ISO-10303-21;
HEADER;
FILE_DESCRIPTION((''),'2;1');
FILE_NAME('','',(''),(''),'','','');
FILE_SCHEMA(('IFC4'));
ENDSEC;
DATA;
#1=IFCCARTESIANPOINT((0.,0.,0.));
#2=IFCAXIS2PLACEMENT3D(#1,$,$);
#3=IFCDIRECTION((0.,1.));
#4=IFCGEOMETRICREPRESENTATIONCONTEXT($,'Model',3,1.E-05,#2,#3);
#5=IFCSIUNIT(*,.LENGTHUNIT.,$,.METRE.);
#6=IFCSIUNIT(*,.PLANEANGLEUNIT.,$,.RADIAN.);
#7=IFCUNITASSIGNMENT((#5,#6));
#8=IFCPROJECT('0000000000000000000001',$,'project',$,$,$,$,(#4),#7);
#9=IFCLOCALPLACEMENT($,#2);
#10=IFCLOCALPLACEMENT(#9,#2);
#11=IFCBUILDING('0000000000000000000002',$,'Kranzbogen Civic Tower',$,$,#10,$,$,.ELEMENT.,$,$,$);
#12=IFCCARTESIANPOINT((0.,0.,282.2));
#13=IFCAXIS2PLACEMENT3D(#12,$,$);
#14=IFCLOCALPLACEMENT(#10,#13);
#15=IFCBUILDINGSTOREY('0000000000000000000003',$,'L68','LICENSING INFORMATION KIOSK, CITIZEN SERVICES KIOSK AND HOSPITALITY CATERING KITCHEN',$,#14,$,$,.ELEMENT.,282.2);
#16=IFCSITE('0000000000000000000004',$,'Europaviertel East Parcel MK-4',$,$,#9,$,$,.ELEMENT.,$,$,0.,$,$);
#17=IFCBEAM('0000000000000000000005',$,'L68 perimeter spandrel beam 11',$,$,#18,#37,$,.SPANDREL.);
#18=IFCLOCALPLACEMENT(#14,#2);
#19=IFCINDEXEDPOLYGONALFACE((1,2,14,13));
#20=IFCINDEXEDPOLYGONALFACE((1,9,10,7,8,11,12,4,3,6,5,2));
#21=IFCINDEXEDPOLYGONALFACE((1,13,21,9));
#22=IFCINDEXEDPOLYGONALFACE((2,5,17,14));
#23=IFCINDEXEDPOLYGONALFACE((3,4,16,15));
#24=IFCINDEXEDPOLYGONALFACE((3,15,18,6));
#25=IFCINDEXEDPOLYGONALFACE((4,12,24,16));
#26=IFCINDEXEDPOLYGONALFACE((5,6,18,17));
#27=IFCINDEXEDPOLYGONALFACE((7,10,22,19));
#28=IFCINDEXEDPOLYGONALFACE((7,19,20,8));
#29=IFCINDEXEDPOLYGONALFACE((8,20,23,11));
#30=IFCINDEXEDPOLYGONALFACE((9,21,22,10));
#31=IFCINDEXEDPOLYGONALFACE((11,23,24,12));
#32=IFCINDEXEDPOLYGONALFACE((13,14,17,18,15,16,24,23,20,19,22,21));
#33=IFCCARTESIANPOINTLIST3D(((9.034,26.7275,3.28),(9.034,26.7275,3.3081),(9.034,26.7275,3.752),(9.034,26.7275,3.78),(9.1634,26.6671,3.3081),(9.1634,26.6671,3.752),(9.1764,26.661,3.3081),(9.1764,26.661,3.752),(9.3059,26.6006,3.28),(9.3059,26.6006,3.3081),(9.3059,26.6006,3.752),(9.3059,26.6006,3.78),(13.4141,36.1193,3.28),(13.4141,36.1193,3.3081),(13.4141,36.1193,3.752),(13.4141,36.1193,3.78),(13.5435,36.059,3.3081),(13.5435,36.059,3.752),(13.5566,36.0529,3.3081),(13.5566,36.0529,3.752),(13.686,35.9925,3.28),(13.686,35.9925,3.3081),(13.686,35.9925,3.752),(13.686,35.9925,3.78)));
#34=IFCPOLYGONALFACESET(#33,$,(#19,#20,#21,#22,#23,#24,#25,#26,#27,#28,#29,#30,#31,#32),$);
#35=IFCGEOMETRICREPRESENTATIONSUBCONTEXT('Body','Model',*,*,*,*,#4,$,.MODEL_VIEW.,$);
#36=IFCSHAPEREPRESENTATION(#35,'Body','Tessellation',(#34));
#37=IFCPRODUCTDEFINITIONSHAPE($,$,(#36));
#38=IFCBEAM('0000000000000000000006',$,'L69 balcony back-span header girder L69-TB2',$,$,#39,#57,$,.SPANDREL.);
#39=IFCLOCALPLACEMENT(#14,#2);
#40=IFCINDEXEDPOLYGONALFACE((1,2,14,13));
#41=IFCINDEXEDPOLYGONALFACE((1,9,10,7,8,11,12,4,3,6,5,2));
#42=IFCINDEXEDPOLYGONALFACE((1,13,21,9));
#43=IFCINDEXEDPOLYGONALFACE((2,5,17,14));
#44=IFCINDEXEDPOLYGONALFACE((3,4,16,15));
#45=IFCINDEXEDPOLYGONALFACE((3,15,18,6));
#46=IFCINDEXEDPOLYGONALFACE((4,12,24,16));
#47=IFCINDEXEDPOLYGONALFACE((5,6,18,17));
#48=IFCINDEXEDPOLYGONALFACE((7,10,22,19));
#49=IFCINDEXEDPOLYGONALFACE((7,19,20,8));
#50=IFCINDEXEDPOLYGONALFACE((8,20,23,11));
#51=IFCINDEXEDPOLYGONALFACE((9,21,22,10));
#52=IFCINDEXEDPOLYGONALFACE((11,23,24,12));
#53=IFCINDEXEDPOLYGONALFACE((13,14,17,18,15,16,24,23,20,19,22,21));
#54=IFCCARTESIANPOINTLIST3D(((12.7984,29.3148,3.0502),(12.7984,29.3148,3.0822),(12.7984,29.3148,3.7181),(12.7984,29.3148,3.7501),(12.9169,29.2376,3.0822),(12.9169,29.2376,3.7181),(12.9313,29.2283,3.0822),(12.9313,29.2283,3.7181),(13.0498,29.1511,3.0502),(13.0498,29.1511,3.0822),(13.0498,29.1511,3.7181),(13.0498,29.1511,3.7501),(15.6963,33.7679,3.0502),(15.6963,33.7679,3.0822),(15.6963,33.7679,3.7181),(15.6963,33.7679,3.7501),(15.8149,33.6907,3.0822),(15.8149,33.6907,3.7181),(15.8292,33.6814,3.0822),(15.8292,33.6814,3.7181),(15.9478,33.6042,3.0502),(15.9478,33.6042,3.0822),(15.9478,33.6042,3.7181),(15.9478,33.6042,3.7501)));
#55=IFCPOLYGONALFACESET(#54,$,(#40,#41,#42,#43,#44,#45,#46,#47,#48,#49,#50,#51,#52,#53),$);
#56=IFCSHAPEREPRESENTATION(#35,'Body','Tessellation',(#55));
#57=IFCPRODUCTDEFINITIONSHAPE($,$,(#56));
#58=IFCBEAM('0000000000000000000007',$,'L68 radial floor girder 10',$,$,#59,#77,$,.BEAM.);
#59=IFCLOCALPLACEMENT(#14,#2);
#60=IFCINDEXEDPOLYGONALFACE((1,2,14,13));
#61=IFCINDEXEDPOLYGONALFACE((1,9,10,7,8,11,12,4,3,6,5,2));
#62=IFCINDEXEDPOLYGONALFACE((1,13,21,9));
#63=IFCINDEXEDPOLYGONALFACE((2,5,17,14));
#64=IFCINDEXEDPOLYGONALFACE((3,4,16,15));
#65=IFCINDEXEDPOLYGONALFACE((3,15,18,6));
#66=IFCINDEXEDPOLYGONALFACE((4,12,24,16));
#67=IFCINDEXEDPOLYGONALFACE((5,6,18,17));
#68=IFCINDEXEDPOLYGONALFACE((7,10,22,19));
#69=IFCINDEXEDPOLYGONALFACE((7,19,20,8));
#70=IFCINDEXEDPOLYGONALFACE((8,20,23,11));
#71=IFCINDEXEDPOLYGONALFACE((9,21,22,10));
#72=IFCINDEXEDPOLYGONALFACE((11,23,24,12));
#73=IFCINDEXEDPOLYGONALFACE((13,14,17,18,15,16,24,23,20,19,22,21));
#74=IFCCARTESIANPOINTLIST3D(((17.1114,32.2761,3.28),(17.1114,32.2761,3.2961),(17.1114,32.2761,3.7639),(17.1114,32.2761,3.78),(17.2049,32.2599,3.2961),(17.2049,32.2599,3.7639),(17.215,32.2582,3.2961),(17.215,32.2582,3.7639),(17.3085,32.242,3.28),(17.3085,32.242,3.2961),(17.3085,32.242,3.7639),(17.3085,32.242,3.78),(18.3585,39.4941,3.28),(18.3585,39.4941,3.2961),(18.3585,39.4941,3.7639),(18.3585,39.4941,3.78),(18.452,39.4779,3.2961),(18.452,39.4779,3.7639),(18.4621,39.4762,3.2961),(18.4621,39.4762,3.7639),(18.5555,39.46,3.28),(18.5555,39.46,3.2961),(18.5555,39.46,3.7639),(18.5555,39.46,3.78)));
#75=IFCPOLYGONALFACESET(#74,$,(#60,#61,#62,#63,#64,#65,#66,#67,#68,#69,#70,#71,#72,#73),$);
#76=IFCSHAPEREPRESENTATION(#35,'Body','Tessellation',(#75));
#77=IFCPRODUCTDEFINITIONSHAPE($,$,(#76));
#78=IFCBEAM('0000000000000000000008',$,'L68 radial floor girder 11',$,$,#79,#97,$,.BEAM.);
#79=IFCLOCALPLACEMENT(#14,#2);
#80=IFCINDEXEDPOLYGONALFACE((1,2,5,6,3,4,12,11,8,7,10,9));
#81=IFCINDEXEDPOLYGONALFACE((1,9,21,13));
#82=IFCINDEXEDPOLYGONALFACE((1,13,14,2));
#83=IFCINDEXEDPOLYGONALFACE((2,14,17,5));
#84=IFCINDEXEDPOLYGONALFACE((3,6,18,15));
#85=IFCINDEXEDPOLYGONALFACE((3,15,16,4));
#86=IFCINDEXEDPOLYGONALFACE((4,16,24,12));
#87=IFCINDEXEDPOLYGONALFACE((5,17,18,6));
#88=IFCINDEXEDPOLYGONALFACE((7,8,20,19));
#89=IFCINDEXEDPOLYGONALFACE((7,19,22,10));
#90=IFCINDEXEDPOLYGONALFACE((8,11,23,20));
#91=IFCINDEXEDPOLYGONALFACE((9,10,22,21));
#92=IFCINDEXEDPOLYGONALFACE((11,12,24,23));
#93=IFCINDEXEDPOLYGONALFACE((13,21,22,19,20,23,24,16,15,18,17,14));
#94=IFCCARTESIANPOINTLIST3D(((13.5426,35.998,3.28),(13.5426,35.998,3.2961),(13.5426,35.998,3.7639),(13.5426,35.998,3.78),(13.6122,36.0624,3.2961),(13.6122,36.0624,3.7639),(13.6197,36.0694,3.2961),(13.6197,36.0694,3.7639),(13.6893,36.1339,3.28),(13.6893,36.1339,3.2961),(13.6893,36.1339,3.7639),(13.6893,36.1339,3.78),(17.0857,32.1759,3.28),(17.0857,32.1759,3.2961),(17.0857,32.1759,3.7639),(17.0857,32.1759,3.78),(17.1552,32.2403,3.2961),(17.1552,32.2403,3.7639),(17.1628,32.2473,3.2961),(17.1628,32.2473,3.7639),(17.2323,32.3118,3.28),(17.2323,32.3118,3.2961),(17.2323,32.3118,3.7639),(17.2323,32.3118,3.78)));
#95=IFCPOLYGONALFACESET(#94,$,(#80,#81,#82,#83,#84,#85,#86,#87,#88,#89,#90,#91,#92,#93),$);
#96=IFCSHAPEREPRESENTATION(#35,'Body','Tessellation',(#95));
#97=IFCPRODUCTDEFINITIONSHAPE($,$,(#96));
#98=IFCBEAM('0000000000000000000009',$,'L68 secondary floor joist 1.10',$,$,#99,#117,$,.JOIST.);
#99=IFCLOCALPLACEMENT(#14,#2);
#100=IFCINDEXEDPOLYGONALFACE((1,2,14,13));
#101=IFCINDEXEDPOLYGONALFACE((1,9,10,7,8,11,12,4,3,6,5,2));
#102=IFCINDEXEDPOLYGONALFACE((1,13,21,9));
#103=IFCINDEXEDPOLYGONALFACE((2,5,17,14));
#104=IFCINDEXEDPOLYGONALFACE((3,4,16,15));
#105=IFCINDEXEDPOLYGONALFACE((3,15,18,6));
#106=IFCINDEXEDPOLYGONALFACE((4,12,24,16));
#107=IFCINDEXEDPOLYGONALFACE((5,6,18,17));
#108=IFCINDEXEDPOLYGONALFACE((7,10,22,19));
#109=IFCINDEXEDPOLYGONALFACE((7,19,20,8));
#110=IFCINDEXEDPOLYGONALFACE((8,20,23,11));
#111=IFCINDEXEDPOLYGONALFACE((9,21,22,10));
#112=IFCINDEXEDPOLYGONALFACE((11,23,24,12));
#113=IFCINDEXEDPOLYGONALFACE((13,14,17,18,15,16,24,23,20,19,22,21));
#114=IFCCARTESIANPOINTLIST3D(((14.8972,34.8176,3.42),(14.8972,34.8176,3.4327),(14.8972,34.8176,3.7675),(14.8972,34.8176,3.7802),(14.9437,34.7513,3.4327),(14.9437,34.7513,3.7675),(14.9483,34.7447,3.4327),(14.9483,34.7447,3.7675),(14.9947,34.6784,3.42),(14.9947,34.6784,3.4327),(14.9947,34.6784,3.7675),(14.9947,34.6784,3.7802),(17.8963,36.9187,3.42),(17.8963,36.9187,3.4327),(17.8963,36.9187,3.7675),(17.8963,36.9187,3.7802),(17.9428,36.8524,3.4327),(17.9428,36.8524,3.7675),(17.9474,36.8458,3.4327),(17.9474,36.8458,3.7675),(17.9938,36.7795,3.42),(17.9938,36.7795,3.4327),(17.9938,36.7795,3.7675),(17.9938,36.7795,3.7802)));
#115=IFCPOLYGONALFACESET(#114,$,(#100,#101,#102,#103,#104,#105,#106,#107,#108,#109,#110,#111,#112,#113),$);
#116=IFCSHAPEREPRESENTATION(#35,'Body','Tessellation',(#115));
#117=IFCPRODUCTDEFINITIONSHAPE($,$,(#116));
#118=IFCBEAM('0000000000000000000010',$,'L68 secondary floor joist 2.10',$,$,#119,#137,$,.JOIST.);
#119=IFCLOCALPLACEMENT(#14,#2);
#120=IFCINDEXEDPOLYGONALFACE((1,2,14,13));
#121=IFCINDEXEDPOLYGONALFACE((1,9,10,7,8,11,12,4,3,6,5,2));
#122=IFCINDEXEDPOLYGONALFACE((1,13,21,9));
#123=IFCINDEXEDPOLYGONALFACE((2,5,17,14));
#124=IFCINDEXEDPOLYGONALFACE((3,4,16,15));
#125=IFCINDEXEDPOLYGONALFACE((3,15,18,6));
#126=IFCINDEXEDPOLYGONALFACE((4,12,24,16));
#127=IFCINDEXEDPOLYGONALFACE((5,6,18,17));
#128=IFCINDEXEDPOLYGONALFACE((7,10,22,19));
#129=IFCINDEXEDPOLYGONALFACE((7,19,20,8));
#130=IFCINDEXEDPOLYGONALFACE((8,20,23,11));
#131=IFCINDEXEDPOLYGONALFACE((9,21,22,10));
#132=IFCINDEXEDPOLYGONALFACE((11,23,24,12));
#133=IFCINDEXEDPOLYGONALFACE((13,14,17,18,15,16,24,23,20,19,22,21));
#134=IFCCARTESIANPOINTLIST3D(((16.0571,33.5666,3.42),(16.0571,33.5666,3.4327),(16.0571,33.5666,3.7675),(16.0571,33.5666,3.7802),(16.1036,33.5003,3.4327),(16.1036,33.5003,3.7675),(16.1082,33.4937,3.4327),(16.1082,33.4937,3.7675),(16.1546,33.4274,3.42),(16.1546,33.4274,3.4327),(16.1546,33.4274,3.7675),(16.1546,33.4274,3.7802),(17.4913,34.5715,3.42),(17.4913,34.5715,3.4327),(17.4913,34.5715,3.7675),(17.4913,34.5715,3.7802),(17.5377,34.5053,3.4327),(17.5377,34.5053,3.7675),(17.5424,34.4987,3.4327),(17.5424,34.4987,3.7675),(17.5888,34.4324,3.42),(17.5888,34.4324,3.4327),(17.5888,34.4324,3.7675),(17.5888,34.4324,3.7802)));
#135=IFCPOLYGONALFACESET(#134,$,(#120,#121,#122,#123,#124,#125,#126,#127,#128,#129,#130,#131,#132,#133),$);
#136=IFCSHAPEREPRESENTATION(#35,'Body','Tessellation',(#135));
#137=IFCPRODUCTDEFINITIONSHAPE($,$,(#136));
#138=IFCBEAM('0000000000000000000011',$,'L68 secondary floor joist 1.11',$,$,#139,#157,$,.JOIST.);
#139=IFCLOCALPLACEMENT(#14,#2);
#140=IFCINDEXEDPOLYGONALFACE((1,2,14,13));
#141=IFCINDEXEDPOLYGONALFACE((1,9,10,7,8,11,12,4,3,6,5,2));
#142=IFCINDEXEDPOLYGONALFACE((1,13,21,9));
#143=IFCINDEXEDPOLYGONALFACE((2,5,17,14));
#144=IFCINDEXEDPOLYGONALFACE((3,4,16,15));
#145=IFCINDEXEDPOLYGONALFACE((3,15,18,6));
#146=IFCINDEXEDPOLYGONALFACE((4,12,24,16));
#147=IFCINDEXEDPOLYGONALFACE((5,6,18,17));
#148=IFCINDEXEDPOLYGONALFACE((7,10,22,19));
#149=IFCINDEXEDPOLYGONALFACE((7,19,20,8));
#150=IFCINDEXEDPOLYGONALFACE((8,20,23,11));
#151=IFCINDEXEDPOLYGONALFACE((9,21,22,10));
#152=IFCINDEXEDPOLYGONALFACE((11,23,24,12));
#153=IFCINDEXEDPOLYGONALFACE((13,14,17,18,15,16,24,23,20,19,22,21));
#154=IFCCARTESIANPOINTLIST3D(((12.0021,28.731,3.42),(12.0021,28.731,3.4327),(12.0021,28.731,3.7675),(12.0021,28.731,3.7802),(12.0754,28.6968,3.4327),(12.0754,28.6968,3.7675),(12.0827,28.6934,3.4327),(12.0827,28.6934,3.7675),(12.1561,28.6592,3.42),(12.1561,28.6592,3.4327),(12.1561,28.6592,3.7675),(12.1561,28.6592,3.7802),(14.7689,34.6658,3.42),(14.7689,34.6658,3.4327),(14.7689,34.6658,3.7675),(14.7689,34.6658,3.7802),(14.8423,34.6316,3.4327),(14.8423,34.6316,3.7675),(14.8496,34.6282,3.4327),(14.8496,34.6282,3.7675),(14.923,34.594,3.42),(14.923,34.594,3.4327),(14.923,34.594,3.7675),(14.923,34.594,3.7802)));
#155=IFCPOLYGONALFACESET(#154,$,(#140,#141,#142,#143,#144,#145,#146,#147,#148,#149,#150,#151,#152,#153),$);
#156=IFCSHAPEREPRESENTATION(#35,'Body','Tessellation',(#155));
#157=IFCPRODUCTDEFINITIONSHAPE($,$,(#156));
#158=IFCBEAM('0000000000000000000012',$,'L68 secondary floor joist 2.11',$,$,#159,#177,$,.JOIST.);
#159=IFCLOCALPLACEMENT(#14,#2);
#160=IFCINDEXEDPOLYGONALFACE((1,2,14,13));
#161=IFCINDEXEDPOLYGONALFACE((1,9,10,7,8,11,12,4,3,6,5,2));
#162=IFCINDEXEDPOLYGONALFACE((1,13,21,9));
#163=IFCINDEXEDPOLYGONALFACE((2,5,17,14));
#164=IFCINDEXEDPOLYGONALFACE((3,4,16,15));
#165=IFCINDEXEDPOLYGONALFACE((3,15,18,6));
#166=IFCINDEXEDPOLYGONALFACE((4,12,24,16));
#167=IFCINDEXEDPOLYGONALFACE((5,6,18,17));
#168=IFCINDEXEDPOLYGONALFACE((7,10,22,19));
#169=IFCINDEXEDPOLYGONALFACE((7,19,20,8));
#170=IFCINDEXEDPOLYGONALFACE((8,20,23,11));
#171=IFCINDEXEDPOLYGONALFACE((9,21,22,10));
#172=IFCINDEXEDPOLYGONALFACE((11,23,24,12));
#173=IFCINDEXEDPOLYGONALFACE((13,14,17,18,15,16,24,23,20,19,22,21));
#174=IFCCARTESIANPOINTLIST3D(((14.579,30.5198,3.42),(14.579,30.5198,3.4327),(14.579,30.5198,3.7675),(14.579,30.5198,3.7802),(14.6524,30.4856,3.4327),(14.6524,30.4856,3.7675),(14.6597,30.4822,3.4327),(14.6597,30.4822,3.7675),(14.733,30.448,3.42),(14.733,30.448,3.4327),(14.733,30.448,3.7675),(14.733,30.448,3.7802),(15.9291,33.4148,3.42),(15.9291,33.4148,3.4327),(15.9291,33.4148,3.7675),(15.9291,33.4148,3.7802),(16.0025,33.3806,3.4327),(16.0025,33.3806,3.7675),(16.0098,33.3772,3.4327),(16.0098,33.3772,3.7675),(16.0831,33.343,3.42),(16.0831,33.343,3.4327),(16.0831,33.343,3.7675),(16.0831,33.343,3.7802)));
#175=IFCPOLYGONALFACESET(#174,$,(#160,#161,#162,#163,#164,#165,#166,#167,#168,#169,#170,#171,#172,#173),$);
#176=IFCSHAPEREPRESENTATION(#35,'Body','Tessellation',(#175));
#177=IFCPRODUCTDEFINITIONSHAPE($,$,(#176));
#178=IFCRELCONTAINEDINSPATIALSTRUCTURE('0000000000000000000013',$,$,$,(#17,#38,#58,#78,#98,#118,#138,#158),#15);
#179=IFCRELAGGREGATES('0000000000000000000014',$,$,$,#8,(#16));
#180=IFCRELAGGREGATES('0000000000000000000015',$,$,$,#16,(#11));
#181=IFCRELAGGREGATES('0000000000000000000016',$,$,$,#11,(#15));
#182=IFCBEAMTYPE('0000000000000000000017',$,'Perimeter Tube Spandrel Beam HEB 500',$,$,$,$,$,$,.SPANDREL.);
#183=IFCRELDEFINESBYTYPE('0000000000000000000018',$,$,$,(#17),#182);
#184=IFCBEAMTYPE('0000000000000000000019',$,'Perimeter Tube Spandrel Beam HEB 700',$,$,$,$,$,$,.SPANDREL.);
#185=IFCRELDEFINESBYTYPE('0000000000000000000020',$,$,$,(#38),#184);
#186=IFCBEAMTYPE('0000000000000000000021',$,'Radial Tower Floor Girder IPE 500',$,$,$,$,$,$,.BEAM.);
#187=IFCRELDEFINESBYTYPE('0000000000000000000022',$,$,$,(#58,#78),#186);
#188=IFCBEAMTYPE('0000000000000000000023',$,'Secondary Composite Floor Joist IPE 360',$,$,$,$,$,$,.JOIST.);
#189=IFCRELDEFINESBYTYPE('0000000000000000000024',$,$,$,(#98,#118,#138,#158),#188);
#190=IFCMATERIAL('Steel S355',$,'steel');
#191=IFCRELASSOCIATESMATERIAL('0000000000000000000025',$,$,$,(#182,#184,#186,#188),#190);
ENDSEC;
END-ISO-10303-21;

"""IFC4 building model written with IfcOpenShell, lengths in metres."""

from ifc_helpers import new_model, si_unit, direction, frame, origin, origin_2d, place, context, subcontext, project, spatial, i_section, extrude, material, material_profile, profile_set, type_object, element, save


model = new_model("IFC4")

# Units and contexts
model_context = context("Model", 3, precision=1e-05, world=origin(), true_north=direction((0.0, 1.0)))
body_context = subcontext(model_context, "Body", "Model", "MODEL_VIEW")
ifc_project = project(units=[si_unit("LENGTHUNIT", "METRE"), si_unit("PLANEANGLEUNIT", "RADIAN")], contexts=[model_context])

# Site, building, storey
site_placement = place(None, origin())
site = spatial("IfcSite", under=ifc_project, at=site_placement, Name="Europaviertel East Parcel MK-4", CompositionType="ELEMENT", RefElevation=0.0)
building_placement = place(site_placement, origin())
building = spatial("IfcBuilding", under=site, at=building_placement, Name="Kranzbogen Civic Tower", CompositionType="ELEMENT")
storey_placement = place(building_placement, frame((0.0, 0.0, 282.2)))
storey = spatial("IfcBuildingStorey", under=building, at=storey_placement, Name="L68", Description="LICENSING INFORMATION KIOSK, CITIZEN SERVICES KIOSK AND HOSPITALITY CATERING KITCHEN", CompositionType="ELEMENT", Elevation=282.2)

# Shared definitions
ifc_material_1 = material(Name="Steel S355", Category="steel")

# Beams
ifc_material_profile_1 = material_profile(ifc_material_1, i_section(OverallWidth=0.3, OverallDepth=0.5, WebThickness=0.0144, FlangeThickness=0.0281, at=origin_2d()), Name="HEB 500")
ifc_profile_set_1 = profile_set([ifc_material_profile_1], Name="Steel S355")
beam_type_1 = type_object("IfcBeamType", Name="Perimeter Tube Spandrel Beam HEB 500", PredefinedType="SPANDREL", material=ifc_profile_set_1)
beam_1_placement = place(storey_placement, frame((13.55, 36.0559, 3.53), z_axis=(-0.422669, -0.906284, 0.0), x_axis=(0.906284, -0.422669, 0.0)))
element("IfcBeam", 1, at=beam_1_placement, inside=storey, type_object=beam_type_1, Name="L68 perimeter spandrel beam 11", PredefinedType="SPANDREL", context=body_context, shape_type="SweptSolid", body=[
    extrude(i_section(OverallWidth=0.3, OverallDepth=0.5, WebThickness=0.0144, FlangeThickness=0.0281, at=origin_2d()), origin(), (0.0, 0.0, 1.0), 10.363),
])
ifc_material_profile_2 = material_profile(ifc_material_1, i_section(OverallWidth=0.3, OverallDepth=0.7, WebThickness=0.0171, FlangeThickness=0.032, at=origin_2d()), Name="HEB 700")
ifc_profile_set_2 = profile_set([ifc_material_profile_2], Name="Steel S355")
beam_type_2 = type_object("IfcBeamType", Name="Perimeter Tube Spandrel Beam HEB 700", PredefinedType="SPANDREL", material=ifc_profile_set_2)
beam_2_placement = place(storey_placement, frame((15.822, 33.686, 3.4001), z_axis=(-0.545441, -0.83815, 0.0), x_axis=(0.83815, -0.545441, 0.0)))
element("IfcBeam", 2, at=beam_2_placement, inside=storey, type_object=beam_type_2, Name="L69 balcony back-span header girder L69-TB2", PredefinedType="SPANDREL", context=body_context, shape_type="SweptSolid", body=[
    extrude(i_section(OverallWidth=0.3, OverallDepth=0.7, WebThickness=0.0171, FlangeThickness=0.032, at=origin_2d()), origin(), (0.0, 0.0, 1.0), 5.313),
])
ifc_material_profile_3 = material_profile(ifc_material_1, i_section(OverallWidth=0.2, OverallDepth=0.5, WebThickness=0.0103, FlangeThickness=0.0161, at=origin_2d()), Name="IPE 500")
ifc_profile_set_3 = profile_set([ifc_material_profile_3], Name="Steel S355")
beam_type_3 = type_object("IfcBeamType", Name="Radial Tower Floor Girder IPE 500", PredefinedType="BEAM", material=ifc_profile_set_3)
beam_3_placement = place(storey_placement, frame((18.457, 39.4771, 3.53), z_axis=(-0.17025, -0.985401, 0.0), x_axis=(0.985401, -0.17025, 0.0)))
element("IfcBeam", 3, at=beam_3_placement, inside=storey, type_object=beam_type_3, Name="L68 radial floor girder 10", PredefinedType="BEAM", context=body_context, shape_type="SweptSolid", body=[
    extrude(i_section(OverallWidth=0.2, OverallDepth=0.5, WebThickness=0.0103, FlangeThickness=0.0161, at=origin_2d()), origin(), (0.0, 0.0, 1.0), 7.325),
])
beam_4_placement = place(storey_placement, frame((13.616, 36.0659, 3.53), z_axis=(0.679827, -0.733372, 0.0), x_axis=(0.733372, 0.679827, 0.0)))
element("IfcBeam", 4, at=beam_4_placement, inside=storey, type_object=beam_type_3, Name="L68 radial floor girder 11", PredefinedType="BEAM", context=body_context, shape_type="SweptSolid", body=[
    extrude(i_section(OverallWidth=0.2, OverallDepth=0.5, WebThickness=0.0103, FlangeThickness=0.0161, at=origin_2d()), origin(), (0.0, 0.0, 1.0), 5.2117),
])
ifc_material_profile_4 = material_profile(ifc_material_1, i_section(OverallWidth=0.1699, OverallDepth=0.3601, WebThickness=0.0081, FlangeThickness=0.0127, at=origin_2d()), Name="IPE 360")
ifc_profile_set_4 = profile_set([ifc_material_profile_4], Name="Steel S355")
beam_type_4 = type_object("IfcBeamType", Name="Secondary Composite Floor Joist IPE 360", PredefinedType="JOIST", material=ifc_profile_set_4)
beam_5_placement = place(storey_placement, frame((17.9451, 36.8491, 3.6001), z_axis=(-0.819006, -0.573784, 0.0), x_axis=(0.573784, -0.819006, 0.0)))
element("IfcBeam", 5, at=beam_5_placement, inside=storey, type_object=beam_type_4, Name="L68 secondary floor joist 1.10", PredefinedType="JOIST", context=body_context, shape_type="SweptSolid", body=[
    extrude(i_section(OverallWidth=0.1699, OverallDepth=0.3601, WebThickness=0.0081, FlangeThickness=0.0127, at=origin_2d()), origin(), (0.0, 0.0, 1.0), 3.6619),
])
beam_6_placement = place(storey_placement, frame((17.54, 34.502, 3.6001), z_axis=(-0.818957, -0.573855, 0.0), x_axis=(0.573855, -0.818957, 0.0)))
element("IfcBeam", 6, at=beam_6_placement, inside=storey, type_object=beam_type_4, Name="L68 secondary floor joist 2.10", PredefinedType="JOIST", context=body_context, shape_type="SweptSolid", body=[
    extrude(i_section(OverallWidth=0.1699, OverallDepth=0.3601, WebThickness=0.0081, FlangeThickness=0.0127, at=origin_2d()), origin(), (0.0, 0.0, 1.0), 1.7512),
])
beam_7_placement = place(storey_placement, frame((14.8459, 34.6299, 3.6001), z_axis=(-0.422543, -0.906343, 0.0), x_axis=(0.906343, -0.422543, 0.0)))
element("IfcBeam", 7, at=beam_7_placement, inside=storey, type_object=beam_type_4, Name="L68 secondary floor joist 1.11", PredefinedType="JOIST", context=body_context, shape_type="SweptSolid", body=[
    extrude(i_section(OverallWidth=0.1699, OverallDepth=0.3601, WebThickness=0.0081, FlangeThickness=0.0127, at=origin_2d()), origin(), (0.0, 0.0, 1.0), 6.5481),
])
beam_8_placement = place(storey_placement, frame((16.0061, 33.3789, 3.6001), z_axis=(-0.422651, -0.906292, 0.0), x_axis=(0.906292, -0.422651, 0.0)))
element("IfcBeam", 8, at=beam_8_placement, inside=storey, type_object=beam_type_4, Name="L68 secondary floor joist 2.11", PredefinedType="JOIST", context=body_context, shape_type="SweptSolid", body=[
    extrude(i_section(OverallWidth=0.1699, OverallDepth=0.3601, WebThickness=0.0081, FlangeThickness=0.0127, at=origin_2d()), origin(), (0.0, 0.0, 1.0), 3.1943),
])

save(model, "model.ifc")
